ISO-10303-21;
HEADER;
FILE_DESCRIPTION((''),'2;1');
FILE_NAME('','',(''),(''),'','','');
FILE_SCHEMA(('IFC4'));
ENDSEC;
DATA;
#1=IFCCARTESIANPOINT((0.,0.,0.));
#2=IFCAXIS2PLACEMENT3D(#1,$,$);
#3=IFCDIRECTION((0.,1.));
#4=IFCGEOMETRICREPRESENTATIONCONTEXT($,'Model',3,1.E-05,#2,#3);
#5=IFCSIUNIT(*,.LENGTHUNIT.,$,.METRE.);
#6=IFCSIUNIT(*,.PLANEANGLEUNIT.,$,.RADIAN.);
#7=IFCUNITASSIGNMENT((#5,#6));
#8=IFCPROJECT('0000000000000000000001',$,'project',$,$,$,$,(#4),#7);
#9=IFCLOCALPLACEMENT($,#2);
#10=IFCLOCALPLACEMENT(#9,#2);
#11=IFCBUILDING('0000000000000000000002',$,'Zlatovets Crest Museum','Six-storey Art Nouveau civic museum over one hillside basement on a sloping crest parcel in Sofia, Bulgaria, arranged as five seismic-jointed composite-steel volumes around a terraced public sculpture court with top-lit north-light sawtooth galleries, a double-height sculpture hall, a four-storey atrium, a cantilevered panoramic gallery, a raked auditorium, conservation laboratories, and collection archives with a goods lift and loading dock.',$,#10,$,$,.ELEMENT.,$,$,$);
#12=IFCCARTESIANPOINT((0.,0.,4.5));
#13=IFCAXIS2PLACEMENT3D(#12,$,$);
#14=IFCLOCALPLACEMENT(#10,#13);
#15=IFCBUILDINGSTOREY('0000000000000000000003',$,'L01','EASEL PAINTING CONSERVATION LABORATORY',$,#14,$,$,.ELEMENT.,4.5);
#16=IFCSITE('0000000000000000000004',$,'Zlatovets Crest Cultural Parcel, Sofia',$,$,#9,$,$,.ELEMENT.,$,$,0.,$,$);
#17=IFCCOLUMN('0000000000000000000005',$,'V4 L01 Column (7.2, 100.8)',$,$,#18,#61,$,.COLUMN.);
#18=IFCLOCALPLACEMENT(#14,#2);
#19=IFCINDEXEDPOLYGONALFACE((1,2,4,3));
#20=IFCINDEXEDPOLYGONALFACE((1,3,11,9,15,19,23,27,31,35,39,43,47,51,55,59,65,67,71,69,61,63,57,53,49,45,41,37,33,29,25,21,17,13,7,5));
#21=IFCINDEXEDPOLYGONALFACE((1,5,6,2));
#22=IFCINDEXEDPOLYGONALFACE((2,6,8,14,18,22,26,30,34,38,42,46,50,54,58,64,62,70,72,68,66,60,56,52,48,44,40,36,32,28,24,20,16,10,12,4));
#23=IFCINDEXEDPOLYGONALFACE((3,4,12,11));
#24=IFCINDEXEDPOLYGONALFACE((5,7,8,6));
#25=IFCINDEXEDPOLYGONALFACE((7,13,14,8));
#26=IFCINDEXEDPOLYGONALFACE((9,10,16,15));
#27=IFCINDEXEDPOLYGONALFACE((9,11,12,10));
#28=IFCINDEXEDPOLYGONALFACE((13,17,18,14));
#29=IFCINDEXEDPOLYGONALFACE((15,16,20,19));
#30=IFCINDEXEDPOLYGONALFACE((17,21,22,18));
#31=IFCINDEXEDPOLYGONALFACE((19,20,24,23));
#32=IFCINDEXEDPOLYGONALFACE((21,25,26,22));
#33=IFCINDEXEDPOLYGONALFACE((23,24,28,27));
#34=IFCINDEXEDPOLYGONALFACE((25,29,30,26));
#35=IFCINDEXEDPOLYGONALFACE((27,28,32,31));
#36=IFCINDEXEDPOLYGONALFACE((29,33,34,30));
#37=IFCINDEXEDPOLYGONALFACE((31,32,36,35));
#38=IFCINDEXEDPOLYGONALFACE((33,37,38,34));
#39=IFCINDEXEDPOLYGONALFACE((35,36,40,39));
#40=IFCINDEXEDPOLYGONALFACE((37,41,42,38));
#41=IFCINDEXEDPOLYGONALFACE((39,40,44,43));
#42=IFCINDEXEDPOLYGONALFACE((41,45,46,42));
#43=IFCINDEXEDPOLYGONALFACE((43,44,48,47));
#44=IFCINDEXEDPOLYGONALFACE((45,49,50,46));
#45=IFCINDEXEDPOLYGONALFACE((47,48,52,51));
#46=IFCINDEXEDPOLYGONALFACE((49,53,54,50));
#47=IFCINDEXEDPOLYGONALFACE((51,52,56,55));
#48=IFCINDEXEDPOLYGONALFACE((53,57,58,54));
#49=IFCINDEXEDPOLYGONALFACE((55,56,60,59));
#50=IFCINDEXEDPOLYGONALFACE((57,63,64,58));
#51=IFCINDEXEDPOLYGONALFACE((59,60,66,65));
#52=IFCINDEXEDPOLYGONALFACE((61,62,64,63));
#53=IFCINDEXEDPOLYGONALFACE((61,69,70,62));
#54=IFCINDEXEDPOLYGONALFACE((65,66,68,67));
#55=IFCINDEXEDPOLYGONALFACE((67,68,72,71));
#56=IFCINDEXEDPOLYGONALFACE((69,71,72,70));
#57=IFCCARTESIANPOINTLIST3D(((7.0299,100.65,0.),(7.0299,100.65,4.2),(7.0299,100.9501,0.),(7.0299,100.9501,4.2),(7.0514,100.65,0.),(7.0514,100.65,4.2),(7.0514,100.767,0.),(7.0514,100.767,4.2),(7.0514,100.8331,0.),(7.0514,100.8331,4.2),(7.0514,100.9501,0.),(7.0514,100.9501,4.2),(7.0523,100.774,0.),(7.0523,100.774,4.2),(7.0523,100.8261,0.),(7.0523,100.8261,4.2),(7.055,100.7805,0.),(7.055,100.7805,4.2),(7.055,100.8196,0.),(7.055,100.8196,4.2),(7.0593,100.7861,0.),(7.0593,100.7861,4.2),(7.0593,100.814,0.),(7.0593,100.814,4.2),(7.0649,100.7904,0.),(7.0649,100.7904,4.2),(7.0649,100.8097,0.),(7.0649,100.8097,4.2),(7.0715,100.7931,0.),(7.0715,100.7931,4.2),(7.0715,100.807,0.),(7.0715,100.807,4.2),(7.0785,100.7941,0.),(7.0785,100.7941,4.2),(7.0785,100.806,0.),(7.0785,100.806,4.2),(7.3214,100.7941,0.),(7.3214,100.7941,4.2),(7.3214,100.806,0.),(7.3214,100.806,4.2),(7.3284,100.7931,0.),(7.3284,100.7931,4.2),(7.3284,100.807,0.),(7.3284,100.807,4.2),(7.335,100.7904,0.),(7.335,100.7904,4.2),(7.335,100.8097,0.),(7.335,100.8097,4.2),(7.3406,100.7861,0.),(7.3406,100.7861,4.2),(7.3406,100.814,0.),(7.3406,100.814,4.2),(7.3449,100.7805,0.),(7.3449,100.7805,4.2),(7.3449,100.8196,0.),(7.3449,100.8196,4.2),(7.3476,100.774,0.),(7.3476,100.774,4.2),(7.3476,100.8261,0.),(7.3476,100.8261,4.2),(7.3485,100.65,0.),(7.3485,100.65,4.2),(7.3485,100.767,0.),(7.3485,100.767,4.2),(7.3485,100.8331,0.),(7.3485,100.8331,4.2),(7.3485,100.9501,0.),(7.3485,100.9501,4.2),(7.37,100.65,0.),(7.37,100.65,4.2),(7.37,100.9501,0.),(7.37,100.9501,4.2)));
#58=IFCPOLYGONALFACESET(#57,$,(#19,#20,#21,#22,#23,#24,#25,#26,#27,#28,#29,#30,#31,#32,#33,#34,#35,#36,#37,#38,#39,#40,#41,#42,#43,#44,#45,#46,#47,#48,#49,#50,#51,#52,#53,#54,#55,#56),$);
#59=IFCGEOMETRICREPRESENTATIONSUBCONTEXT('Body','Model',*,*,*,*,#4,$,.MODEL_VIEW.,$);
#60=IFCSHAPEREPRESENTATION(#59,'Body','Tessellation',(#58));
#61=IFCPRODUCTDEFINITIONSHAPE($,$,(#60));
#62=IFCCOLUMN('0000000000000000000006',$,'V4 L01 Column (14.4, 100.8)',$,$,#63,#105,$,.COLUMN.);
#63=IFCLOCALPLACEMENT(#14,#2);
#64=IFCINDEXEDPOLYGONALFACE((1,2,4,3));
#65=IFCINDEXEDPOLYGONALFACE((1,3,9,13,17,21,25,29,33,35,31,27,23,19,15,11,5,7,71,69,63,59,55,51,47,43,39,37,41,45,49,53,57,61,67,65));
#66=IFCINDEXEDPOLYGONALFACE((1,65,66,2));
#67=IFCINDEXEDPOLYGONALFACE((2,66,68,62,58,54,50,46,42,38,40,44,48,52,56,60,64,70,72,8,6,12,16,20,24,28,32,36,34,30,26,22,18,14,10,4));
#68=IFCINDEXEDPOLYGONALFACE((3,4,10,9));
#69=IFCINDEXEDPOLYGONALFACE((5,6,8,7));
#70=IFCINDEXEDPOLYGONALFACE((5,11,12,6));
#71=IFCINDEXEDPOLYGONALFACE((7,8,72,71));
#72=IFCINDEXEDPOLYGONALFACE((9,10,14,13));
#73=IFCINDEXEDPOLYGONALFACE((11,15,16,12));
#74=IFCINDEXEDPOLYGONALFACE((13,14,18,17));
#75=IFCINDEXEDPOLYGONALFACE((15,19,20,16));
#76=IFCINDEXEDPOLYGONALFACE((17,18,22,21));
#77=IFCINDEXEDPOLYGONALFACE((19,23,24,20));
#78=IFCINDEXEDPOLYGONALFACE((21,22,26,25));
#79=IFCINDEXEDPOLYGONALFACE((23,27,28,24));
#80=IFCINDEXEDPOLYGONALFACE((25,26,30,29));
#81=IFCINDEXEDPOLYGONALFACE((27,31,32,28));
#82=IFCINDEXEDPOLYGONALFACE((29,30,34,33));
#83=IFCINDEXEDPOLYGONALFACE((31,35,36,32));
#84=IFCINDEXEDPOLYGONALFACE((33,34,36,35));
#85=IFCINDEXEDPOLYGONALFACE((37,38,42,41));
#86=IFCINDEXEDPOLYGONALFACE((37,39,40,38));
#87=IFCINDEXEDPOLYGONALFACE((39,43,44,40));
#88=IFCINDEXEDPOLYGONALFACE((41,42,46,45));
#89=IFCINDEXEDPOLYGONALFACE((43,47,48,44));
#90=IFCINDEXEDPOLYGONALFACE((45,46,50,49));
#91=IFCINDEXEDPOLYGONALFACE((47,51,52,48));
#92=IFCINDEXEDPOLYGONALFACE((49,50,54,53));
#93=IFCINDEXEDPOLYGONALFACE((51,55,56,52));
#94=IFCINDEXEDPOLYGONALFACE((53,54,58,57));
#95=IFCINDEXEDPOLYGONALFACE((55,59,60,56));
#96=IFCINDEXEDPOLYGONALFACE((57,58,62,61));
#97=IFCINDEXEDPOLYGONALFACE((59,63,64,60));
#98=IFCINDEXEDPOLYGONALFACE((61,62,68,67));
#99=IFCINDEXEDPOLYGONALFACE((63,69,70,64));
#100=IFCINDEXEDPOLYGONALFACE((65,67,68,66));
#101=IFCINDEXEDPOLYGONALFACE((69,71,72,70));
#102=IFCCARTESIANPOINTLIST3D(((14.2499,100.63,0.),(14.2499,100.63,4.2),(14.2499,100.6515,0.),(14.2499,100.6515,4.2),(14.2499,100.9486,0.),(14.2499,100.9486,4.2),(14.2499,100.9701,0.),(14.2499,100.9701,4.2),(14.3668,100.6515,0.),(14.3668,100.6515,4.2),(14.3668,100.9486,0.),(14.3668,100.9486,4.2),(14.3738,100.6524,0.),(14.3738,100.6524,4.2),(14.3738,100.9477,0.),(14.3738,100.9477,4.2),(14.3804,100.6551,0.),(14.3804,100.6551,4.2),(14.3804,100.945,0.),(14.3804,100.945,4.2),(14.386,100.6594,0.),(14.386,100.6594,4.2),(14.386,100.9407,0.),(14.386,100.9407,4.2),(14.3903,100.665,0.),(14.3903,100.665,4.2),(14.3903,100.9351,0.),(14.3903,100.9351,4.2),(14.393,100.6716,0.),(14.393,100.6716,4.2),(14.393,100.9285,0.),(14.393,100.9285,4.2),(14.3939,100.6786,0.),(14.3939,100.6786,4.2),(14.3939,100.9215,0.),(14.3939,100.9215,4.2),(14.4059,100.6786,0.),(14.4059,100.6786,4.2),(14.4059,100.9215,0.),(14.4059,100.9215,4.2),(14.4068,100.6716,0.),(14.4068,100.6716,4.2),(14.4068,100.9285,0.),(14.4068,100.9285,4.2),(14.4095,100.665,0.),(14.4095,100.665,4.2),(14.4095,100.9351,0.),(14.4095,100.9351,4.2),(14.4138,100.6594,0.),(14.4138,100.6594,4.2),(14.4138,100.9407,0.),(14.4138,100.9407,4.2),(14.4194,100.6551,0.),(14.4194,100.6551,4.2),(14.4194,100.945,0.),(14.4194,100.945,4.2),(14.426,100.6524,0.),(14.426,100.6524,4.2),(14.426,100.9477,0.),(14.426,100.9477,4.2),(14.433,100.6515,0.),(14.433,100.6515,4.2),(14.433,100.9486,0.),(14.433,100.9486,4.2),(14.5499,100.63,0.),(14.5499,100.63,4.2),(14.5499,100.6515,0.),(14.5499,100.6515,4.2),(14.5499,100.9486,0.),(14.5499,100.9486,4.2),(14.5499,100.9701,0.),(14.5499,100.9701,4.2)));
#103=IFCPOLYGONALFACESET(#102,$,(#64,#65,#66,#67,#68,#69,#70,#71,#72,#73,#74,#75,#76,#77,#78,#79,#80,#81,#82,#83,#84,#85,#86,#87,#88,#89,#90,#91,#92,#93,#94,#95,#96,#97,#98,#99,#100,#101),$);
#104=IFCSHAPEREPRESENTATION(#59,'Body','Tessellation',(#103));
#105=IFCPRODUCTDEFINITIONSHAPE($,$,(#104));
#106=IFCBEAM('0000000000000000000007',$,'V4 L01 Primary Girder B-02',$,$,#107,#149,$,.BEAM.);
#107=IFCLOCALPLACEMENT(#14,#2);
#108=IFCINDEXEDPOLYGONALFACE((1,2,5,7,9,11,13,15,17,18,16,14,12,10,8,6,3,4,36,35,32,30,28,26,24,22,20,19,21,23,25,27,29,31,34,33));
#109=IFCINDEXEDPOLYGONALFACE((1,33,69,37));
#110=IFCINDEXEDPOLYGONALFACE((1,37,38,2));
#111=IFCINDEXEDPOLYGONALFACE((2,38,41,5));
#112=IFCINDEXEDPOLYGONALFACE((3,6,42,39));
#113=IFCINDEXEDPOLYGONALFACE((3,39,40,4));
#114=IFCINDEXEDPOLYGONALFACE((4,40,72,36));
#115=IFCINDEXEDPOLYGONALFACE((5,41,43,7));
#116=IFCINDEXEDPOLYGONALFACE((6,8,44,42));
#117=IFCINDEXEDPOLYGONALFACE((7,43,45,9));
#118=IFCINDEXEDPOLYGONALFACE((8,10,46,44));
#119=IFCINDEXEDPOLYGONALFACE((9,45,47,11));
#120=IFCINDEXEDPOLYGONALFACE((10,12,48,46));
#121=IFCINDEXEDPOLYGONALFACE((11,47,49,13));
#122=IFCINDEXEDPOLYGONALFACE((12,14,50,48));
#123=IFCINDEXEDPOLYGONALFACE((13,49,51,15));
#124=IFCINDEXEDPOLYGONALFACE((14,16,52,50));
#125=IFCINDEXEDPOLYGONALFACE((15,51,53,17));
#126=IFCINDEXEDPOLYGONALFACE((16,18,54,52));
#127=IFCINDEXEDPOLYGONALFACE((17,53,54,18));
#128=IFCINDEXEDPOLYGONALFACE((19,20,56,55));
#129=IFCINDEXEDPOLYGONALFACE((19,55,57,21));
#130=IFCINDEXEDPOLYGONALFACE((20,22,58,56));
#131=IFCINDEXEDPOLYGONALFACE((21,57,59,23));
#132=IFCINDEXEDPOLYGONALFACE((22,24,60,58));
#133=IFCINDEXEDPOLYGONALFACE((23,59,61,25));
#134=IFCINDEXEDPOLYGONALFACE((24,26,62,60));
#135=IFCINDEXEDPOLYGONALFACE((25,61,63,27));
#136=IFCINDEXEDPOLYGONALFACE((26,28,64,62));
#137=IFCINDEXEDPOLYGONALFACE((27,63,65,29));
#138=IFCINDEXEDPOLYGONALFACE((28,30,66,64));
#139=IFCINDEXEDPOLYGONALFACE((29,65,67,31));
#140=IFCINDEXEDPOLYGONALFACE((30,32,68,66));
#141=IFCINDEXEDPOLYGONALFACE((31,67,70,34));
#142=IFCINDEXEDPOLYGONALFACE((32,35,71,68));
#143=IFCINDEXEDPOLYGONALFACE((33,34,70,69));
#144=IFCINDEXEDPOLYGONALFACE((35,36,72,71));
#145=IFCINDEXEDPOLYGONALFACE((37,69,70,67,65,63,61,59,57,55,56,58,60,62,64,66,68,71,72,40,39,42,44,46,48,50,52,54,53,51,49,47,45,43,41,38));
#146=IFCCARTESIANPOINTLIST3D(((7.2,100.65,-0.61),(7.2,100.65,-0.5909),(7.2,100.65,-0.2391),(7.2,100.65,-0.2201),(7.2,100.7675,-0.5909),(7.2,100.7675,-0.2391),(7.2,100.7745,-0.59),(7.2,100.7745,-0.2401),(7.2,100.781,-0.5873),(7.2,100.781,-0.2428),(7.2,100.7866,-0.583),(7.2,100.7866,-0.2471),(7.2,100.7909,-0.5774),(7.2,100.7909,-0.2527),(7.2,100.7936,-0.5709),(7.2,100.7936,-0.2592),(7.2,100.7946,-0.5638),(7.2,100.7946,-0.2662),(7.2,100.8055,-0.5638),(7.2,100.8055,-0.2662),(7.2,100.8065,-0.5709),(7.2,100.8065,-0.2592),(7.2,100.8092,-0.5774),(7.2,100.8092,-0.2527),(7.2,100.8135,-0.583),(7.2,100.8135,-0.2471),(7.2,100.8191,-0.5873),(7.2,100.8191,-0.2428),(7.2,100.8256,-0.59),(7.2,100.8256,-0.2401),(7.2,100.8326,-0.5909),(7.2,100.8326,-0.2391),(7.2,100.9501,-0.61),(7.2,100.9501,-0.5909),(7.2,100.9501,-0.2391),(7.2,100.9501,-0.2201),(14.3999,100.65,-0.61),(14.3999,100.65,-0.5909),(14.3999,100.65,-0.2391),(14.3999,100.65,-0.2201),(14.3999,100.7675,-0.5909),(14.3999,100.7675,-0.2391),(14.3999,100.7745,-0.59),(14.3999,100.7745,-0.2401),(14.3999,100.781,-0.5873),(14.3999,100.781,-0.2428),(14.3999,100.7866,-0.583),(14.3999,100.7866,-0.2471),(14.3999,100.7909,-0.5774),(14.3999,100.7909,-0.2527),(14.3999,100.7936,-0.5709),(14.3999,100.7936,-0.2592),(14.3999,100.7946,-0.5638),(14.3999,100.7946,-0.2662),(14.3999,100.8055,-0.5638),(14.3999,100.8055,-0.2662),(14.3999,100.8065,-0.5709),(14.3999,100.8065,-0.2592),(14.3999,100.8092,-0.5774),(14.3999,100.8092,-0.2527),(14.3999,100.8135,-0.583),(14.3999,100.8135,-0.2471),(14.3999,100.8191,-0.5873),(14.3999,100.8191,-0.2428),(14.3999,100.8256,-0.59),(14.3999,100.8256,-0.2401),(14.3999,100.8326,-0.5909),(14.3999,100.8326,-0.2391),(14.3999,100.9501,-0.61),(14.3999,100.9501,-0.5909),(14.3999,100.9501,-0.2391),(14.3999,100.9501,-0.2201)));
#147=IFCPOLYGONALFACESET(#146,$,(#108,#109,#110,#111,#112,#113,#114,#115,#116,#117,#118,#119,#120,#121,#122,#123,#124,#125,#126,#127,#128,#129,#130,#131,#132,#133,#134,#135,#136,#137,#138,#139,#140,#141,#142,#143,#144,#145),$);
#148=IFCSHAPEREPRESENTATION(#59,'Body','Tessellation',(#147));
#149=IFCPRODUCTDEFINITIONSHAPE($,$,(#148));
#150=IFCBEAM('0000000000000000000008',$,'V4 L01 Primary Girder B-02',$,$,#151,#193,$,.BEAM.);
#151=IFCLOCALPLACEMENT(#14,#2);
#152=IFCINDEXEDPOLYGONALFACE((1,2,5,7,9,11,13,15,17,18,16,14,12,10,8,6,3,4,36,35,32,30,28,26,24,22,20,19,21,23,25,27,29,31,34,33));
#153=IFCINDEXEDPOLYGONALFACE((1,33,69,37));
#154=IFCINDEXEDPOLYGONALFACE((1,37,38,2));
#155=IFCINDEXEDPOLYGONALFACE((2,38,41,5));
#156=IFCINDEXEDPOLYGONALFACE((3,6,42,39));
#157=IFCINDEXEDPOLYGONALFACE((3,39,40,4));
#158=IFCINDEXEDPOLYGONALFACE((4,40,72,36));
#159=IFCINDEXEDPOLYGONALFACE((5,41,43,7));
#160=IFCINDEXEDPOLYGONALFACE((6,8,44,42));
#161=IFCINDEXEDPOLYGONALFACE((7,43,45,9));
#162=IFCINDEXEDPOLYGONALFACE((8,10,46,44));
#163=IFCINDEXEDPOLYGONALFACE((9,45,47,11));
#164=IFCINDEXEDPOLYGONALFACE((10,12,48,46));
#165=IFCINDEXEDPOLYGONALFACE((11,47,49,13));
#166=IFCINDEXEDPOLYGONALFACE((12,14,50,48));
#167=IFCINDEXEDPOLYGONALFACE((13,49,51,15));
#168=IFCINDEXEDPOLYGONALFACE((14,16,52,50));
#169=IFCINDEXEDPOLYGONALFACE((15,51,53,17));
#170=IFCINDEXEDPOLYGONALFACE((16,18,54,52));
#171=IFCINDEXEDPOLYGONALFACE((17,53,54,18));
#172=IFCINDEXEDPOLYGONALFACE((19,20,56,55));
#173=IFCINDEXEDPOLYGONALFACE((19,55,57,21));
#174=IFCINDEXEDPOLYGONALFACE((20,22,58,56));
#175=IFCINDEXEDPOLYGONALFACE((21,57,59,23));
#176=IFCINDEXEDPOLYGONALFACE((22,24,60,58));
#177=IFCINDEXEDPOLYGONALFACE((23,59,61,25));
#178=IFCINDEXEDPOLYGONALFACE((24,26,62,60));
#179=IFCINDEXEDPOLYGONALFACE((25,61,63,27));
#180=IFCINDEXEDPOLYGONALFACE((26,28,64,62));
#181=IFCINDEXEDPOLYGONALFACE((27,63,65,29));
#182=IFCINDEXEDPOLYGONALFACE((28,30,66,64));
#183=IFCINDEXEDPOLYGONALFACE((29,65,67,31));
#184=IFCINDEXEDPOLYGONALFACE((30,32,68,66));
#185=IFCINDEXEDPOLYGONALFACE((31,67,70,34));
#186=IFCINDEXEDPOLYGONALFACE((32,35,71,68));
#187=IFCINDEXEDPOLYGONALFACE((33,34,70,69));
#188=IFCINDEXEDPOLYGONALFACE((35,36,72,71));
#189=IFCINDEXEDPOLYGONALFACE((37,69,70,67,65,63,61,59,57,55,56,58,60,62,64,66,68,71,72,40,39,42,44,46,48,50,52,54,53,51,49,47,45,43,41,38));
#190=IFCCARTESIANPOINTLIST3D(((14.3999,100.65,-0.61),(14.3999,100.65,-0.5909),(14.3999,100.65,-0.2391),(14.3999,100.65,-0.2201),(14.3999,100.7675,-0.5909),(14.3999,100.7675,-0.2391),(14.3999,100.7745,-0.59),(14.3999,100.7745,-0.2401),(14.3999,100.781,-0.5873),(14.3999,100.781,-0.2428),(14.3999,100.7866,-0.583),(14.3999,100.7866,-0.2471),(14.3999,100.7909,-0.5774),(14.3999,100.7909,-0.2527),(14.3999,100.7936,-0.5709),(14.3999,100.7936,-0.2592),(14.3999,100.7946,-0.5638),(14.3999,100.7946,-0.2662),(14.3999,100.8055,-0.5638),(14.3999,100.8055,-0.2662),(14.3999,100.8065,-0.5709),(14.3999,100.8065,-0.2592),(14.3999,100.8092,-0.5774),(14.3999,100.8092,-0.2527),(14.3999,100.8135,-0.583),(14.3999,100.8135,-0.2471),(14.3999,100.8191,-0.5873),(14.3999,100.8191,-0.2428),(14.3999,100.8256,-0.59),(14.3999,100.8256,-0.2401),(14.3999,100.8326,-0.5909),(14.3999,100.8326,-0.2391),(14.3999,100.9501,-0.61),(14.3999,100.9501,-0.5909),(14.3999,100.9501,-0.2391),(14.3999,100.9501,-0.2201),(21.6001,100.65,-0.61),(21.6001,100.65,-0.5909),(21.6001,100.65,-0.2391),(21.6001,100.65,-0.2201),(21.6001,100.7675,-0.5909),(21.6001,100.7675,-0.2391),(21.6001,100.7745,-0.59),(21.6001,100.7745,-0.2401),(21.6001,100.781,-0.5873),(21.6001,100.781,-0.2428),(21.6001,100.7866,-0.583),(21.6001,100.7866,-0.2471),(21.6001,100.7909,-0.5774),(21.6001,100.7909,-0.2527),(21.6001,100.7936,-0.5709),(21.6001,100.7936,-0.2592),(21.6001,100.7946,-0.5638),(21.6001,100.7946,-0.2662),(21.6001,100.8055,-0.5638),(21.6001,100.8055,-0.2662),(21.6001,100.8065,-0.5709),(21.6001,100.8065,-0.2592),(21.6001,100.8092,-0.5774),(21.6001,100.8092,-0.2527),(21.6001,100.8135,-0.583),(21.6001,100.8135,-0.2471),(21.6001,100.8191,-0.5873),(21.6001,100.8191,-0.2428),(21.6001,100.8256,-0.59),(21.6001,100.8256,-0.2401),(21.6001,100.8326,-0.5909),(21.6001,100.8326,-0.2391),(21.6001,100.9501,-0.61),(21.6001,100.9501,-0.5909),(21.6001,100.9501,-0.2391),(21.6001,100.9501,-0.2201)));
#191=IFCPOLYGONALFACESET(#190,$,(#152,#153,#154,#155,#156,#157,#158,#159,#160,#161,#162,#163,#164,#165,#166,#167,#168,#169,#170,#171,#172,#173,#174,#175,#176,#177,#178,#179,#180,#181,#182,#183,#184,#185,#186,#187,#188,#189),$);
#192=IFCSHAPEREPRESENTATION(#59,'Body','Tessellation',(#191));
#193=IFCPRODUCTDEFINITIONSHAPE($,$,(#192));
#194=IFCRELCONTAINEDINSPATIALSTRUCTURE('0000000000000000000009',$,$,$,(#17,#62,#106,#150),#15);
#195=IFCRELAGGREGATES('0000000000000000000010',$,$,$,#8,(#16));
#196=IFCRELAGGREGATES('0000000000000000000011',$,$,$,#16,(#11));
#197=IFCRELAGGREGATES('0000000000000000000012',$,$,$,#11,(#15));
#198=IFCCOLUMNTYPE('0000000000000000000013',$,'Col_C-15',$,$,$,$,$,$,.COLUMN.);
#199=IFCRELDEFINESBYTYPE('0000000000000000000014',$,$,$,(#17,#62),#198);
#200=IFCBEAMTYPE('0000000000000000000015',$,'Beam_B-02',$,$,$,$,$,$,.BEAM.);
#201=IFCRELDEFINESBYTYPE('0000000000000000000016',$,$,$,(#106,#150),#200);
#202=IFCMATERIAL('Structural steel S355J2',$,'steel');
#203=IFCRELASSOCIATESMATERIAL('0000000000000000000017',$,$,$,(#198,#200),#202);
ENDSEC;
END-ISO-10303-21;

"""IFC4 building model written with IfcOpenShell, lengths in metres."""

from ifc_helpers import new_model, si_unit, direction, frame, origin, origin_2d, place, context, subcontext, project, spatial, i_section, extrude, material, material_profile, profile_set, type_object, element, save


model = new_model("IFC4")

# Units and contexts
model_context = context("Model", 3, precision=1e-05, world=origin(), true_north=direction((0.0, 1.0)))
body_context = subcontext(model_context, "Body", "Model", "MODEL_VIEW")
ifc_project = project(units=[si_unit("LENGTHUNIT", "METRE"), si_unit("PLANEANGLEUNIT", "RADIAN")], contexts=[model_context])

# Site, building, storey
site_placement = place(None, origin())
site = spatial("IfcSite", under=ifc_project, at=site_placement, Name="Zlatovets Crest Cultural Parcel, Sofia", CompositionType="ELEMENT", RefElevation=0.0)
building_placement = place(site_placement, origin())
building = spatial("IfcBuilding", under=site, at=building_placement, Name="Zlatovets Crest Museum", Description="Six-storey Art Nouveau civic museum over one hillside basement on a sloping crest parcel in Sofia, Bulgaria, arranged as five seismic-jointed composite-steel volumes around a terraced public sculpture court with top-lit north-light sawtooth galleries, a double-height sculpture hall, a four-storey atrium, a cantilevered panoramic gallery, a raked auditorium, conservation laboratories, and collection archives with a goods lift and loading dock.", CompositionType="ELEMENT")
storey_placement = place(building_placement, frame((0.0, 0.0, 4.5)))
storey = spatial("IfcBuildingStorey", under=building, at=storey_placement, Name="L01", Description="EASEL PAINTING CONSERVATION LABORATORY", CompositionType="ELEMENT", Elevation=4.5)

# Columns
ifc_material_1 = material(Name="Structural steel S355J2", Category="steel")
ifc_material_profile_1 = material_profile(ifc_material_1, i_section(OverallWidth=0.3, OverallDepth=0.3401, WebThickness=0.012, FlangeThickness=0.0215, FilletRadius=0.0271, at=origin_2d()), Name="HEB 340")
ifc_profile_set_1 = profile_set([ifc_material_profile_1], Name="Structural steel S355J2")
column_type = type_object("IfcColumnType", Name="Col_C-15", PredefinedType="COLUMN", material=ifc_profile_set_1)
for number, where, z_axis, x_axis, name in (
    (1, (7.2, 100.8, 0.0), (0.0, 0.0, 1.0), (0.0, 1.0, 0.0), "V4 L01 Column (7.2, 100.8)"),
    (2, (14.3999, 100.8, 0.0), (0.0, 0.0, 1.0), (1.0, 0.0, 0.0), "V4 L01 Column (14.4, 100.8)"),
):
    element("IfcColumn", number, at=place(storey_placement, frame(where, z_axis=z_axis, x_axis=x_axis)), inside=storey, type_object=column_type, Name=name, PredefinedType="COLUMN", context=body_context, shape_type="SweptSolid", body=[
        extrude(i_section(OverallWidth=0.3, OverallDepth=0.3401, WebThickness=0.012, FlangeThickness=0.0215, FilletRadius=0.0271, at=origin_2d()), origin(), (0.0, 0.0, 1.0), 4.2),
    ])

# Beams
ifc_material_profile_2 = material_profile(ifc_material_1, i_section(OverallWidth=0.3, OverallDepth=0.3899, WebThickness=0.011, FlangeThickness=0.019, FilletRadius=0.0271, at=origin_2d()), Name="HEA 400")
ifc_profile_set_2 = profile_set([ifc_material_profile_2], Name="Structural steel S355J2")
beam_type_1 = type_object("IfcBeamType", Name="Beam_B-02", PredefinedType="BEAM", material=ifc_profile_set_2)
beam_1_placement = place(storey_placement, frame((7.2, 100.8, -0.415), z_axis=(1.0, 0.0, 0.0), x_axis=(0.0, 1.0, 0.0)))
element("IfcBeam", 3, at=beam_1_placement, inside=storey, type_object=beam_type_1, Name="V4 L01 Primary Girder B-02", PredefinedType="BEAM", context=body_context, shape_type="SweptSolid", body=[
    extrude(i_section(OverallWidth=0.3, OverallDepth=0.3899, WebThickness=0.011, FlangeThickness=0.019, FilletRadius=0.0271, at=origin_2d()), origin(), (0.0, 0.0, 1.0), 7.2),
])
beam_2_placement = place(storey_placement, frame((14.3999, 100.8, -0.415), z_axis=(1.0, 0.0, 0.0), x_axis=(0.0, 1.0, 0.0)))
element("IfcBeam", 4, at=beam_2_placement, inside=storey, type_object=beam_type_1, Name="V4 L01 Primary Girder B-02", PredefinedType="BEAM", context=body_context, shape_type="SweptSolid", body=[
    extrude(i_section(OverallWidth=0.3, OverallDepth=0.3899, WebThickness=0.011, FlangeThickness=0.019, FilletRadius=0.0271, at=origin_2d()), origin(), (0.0, 0.0, 1.0), 7.2002),
])

save(model, "model.ifc")
